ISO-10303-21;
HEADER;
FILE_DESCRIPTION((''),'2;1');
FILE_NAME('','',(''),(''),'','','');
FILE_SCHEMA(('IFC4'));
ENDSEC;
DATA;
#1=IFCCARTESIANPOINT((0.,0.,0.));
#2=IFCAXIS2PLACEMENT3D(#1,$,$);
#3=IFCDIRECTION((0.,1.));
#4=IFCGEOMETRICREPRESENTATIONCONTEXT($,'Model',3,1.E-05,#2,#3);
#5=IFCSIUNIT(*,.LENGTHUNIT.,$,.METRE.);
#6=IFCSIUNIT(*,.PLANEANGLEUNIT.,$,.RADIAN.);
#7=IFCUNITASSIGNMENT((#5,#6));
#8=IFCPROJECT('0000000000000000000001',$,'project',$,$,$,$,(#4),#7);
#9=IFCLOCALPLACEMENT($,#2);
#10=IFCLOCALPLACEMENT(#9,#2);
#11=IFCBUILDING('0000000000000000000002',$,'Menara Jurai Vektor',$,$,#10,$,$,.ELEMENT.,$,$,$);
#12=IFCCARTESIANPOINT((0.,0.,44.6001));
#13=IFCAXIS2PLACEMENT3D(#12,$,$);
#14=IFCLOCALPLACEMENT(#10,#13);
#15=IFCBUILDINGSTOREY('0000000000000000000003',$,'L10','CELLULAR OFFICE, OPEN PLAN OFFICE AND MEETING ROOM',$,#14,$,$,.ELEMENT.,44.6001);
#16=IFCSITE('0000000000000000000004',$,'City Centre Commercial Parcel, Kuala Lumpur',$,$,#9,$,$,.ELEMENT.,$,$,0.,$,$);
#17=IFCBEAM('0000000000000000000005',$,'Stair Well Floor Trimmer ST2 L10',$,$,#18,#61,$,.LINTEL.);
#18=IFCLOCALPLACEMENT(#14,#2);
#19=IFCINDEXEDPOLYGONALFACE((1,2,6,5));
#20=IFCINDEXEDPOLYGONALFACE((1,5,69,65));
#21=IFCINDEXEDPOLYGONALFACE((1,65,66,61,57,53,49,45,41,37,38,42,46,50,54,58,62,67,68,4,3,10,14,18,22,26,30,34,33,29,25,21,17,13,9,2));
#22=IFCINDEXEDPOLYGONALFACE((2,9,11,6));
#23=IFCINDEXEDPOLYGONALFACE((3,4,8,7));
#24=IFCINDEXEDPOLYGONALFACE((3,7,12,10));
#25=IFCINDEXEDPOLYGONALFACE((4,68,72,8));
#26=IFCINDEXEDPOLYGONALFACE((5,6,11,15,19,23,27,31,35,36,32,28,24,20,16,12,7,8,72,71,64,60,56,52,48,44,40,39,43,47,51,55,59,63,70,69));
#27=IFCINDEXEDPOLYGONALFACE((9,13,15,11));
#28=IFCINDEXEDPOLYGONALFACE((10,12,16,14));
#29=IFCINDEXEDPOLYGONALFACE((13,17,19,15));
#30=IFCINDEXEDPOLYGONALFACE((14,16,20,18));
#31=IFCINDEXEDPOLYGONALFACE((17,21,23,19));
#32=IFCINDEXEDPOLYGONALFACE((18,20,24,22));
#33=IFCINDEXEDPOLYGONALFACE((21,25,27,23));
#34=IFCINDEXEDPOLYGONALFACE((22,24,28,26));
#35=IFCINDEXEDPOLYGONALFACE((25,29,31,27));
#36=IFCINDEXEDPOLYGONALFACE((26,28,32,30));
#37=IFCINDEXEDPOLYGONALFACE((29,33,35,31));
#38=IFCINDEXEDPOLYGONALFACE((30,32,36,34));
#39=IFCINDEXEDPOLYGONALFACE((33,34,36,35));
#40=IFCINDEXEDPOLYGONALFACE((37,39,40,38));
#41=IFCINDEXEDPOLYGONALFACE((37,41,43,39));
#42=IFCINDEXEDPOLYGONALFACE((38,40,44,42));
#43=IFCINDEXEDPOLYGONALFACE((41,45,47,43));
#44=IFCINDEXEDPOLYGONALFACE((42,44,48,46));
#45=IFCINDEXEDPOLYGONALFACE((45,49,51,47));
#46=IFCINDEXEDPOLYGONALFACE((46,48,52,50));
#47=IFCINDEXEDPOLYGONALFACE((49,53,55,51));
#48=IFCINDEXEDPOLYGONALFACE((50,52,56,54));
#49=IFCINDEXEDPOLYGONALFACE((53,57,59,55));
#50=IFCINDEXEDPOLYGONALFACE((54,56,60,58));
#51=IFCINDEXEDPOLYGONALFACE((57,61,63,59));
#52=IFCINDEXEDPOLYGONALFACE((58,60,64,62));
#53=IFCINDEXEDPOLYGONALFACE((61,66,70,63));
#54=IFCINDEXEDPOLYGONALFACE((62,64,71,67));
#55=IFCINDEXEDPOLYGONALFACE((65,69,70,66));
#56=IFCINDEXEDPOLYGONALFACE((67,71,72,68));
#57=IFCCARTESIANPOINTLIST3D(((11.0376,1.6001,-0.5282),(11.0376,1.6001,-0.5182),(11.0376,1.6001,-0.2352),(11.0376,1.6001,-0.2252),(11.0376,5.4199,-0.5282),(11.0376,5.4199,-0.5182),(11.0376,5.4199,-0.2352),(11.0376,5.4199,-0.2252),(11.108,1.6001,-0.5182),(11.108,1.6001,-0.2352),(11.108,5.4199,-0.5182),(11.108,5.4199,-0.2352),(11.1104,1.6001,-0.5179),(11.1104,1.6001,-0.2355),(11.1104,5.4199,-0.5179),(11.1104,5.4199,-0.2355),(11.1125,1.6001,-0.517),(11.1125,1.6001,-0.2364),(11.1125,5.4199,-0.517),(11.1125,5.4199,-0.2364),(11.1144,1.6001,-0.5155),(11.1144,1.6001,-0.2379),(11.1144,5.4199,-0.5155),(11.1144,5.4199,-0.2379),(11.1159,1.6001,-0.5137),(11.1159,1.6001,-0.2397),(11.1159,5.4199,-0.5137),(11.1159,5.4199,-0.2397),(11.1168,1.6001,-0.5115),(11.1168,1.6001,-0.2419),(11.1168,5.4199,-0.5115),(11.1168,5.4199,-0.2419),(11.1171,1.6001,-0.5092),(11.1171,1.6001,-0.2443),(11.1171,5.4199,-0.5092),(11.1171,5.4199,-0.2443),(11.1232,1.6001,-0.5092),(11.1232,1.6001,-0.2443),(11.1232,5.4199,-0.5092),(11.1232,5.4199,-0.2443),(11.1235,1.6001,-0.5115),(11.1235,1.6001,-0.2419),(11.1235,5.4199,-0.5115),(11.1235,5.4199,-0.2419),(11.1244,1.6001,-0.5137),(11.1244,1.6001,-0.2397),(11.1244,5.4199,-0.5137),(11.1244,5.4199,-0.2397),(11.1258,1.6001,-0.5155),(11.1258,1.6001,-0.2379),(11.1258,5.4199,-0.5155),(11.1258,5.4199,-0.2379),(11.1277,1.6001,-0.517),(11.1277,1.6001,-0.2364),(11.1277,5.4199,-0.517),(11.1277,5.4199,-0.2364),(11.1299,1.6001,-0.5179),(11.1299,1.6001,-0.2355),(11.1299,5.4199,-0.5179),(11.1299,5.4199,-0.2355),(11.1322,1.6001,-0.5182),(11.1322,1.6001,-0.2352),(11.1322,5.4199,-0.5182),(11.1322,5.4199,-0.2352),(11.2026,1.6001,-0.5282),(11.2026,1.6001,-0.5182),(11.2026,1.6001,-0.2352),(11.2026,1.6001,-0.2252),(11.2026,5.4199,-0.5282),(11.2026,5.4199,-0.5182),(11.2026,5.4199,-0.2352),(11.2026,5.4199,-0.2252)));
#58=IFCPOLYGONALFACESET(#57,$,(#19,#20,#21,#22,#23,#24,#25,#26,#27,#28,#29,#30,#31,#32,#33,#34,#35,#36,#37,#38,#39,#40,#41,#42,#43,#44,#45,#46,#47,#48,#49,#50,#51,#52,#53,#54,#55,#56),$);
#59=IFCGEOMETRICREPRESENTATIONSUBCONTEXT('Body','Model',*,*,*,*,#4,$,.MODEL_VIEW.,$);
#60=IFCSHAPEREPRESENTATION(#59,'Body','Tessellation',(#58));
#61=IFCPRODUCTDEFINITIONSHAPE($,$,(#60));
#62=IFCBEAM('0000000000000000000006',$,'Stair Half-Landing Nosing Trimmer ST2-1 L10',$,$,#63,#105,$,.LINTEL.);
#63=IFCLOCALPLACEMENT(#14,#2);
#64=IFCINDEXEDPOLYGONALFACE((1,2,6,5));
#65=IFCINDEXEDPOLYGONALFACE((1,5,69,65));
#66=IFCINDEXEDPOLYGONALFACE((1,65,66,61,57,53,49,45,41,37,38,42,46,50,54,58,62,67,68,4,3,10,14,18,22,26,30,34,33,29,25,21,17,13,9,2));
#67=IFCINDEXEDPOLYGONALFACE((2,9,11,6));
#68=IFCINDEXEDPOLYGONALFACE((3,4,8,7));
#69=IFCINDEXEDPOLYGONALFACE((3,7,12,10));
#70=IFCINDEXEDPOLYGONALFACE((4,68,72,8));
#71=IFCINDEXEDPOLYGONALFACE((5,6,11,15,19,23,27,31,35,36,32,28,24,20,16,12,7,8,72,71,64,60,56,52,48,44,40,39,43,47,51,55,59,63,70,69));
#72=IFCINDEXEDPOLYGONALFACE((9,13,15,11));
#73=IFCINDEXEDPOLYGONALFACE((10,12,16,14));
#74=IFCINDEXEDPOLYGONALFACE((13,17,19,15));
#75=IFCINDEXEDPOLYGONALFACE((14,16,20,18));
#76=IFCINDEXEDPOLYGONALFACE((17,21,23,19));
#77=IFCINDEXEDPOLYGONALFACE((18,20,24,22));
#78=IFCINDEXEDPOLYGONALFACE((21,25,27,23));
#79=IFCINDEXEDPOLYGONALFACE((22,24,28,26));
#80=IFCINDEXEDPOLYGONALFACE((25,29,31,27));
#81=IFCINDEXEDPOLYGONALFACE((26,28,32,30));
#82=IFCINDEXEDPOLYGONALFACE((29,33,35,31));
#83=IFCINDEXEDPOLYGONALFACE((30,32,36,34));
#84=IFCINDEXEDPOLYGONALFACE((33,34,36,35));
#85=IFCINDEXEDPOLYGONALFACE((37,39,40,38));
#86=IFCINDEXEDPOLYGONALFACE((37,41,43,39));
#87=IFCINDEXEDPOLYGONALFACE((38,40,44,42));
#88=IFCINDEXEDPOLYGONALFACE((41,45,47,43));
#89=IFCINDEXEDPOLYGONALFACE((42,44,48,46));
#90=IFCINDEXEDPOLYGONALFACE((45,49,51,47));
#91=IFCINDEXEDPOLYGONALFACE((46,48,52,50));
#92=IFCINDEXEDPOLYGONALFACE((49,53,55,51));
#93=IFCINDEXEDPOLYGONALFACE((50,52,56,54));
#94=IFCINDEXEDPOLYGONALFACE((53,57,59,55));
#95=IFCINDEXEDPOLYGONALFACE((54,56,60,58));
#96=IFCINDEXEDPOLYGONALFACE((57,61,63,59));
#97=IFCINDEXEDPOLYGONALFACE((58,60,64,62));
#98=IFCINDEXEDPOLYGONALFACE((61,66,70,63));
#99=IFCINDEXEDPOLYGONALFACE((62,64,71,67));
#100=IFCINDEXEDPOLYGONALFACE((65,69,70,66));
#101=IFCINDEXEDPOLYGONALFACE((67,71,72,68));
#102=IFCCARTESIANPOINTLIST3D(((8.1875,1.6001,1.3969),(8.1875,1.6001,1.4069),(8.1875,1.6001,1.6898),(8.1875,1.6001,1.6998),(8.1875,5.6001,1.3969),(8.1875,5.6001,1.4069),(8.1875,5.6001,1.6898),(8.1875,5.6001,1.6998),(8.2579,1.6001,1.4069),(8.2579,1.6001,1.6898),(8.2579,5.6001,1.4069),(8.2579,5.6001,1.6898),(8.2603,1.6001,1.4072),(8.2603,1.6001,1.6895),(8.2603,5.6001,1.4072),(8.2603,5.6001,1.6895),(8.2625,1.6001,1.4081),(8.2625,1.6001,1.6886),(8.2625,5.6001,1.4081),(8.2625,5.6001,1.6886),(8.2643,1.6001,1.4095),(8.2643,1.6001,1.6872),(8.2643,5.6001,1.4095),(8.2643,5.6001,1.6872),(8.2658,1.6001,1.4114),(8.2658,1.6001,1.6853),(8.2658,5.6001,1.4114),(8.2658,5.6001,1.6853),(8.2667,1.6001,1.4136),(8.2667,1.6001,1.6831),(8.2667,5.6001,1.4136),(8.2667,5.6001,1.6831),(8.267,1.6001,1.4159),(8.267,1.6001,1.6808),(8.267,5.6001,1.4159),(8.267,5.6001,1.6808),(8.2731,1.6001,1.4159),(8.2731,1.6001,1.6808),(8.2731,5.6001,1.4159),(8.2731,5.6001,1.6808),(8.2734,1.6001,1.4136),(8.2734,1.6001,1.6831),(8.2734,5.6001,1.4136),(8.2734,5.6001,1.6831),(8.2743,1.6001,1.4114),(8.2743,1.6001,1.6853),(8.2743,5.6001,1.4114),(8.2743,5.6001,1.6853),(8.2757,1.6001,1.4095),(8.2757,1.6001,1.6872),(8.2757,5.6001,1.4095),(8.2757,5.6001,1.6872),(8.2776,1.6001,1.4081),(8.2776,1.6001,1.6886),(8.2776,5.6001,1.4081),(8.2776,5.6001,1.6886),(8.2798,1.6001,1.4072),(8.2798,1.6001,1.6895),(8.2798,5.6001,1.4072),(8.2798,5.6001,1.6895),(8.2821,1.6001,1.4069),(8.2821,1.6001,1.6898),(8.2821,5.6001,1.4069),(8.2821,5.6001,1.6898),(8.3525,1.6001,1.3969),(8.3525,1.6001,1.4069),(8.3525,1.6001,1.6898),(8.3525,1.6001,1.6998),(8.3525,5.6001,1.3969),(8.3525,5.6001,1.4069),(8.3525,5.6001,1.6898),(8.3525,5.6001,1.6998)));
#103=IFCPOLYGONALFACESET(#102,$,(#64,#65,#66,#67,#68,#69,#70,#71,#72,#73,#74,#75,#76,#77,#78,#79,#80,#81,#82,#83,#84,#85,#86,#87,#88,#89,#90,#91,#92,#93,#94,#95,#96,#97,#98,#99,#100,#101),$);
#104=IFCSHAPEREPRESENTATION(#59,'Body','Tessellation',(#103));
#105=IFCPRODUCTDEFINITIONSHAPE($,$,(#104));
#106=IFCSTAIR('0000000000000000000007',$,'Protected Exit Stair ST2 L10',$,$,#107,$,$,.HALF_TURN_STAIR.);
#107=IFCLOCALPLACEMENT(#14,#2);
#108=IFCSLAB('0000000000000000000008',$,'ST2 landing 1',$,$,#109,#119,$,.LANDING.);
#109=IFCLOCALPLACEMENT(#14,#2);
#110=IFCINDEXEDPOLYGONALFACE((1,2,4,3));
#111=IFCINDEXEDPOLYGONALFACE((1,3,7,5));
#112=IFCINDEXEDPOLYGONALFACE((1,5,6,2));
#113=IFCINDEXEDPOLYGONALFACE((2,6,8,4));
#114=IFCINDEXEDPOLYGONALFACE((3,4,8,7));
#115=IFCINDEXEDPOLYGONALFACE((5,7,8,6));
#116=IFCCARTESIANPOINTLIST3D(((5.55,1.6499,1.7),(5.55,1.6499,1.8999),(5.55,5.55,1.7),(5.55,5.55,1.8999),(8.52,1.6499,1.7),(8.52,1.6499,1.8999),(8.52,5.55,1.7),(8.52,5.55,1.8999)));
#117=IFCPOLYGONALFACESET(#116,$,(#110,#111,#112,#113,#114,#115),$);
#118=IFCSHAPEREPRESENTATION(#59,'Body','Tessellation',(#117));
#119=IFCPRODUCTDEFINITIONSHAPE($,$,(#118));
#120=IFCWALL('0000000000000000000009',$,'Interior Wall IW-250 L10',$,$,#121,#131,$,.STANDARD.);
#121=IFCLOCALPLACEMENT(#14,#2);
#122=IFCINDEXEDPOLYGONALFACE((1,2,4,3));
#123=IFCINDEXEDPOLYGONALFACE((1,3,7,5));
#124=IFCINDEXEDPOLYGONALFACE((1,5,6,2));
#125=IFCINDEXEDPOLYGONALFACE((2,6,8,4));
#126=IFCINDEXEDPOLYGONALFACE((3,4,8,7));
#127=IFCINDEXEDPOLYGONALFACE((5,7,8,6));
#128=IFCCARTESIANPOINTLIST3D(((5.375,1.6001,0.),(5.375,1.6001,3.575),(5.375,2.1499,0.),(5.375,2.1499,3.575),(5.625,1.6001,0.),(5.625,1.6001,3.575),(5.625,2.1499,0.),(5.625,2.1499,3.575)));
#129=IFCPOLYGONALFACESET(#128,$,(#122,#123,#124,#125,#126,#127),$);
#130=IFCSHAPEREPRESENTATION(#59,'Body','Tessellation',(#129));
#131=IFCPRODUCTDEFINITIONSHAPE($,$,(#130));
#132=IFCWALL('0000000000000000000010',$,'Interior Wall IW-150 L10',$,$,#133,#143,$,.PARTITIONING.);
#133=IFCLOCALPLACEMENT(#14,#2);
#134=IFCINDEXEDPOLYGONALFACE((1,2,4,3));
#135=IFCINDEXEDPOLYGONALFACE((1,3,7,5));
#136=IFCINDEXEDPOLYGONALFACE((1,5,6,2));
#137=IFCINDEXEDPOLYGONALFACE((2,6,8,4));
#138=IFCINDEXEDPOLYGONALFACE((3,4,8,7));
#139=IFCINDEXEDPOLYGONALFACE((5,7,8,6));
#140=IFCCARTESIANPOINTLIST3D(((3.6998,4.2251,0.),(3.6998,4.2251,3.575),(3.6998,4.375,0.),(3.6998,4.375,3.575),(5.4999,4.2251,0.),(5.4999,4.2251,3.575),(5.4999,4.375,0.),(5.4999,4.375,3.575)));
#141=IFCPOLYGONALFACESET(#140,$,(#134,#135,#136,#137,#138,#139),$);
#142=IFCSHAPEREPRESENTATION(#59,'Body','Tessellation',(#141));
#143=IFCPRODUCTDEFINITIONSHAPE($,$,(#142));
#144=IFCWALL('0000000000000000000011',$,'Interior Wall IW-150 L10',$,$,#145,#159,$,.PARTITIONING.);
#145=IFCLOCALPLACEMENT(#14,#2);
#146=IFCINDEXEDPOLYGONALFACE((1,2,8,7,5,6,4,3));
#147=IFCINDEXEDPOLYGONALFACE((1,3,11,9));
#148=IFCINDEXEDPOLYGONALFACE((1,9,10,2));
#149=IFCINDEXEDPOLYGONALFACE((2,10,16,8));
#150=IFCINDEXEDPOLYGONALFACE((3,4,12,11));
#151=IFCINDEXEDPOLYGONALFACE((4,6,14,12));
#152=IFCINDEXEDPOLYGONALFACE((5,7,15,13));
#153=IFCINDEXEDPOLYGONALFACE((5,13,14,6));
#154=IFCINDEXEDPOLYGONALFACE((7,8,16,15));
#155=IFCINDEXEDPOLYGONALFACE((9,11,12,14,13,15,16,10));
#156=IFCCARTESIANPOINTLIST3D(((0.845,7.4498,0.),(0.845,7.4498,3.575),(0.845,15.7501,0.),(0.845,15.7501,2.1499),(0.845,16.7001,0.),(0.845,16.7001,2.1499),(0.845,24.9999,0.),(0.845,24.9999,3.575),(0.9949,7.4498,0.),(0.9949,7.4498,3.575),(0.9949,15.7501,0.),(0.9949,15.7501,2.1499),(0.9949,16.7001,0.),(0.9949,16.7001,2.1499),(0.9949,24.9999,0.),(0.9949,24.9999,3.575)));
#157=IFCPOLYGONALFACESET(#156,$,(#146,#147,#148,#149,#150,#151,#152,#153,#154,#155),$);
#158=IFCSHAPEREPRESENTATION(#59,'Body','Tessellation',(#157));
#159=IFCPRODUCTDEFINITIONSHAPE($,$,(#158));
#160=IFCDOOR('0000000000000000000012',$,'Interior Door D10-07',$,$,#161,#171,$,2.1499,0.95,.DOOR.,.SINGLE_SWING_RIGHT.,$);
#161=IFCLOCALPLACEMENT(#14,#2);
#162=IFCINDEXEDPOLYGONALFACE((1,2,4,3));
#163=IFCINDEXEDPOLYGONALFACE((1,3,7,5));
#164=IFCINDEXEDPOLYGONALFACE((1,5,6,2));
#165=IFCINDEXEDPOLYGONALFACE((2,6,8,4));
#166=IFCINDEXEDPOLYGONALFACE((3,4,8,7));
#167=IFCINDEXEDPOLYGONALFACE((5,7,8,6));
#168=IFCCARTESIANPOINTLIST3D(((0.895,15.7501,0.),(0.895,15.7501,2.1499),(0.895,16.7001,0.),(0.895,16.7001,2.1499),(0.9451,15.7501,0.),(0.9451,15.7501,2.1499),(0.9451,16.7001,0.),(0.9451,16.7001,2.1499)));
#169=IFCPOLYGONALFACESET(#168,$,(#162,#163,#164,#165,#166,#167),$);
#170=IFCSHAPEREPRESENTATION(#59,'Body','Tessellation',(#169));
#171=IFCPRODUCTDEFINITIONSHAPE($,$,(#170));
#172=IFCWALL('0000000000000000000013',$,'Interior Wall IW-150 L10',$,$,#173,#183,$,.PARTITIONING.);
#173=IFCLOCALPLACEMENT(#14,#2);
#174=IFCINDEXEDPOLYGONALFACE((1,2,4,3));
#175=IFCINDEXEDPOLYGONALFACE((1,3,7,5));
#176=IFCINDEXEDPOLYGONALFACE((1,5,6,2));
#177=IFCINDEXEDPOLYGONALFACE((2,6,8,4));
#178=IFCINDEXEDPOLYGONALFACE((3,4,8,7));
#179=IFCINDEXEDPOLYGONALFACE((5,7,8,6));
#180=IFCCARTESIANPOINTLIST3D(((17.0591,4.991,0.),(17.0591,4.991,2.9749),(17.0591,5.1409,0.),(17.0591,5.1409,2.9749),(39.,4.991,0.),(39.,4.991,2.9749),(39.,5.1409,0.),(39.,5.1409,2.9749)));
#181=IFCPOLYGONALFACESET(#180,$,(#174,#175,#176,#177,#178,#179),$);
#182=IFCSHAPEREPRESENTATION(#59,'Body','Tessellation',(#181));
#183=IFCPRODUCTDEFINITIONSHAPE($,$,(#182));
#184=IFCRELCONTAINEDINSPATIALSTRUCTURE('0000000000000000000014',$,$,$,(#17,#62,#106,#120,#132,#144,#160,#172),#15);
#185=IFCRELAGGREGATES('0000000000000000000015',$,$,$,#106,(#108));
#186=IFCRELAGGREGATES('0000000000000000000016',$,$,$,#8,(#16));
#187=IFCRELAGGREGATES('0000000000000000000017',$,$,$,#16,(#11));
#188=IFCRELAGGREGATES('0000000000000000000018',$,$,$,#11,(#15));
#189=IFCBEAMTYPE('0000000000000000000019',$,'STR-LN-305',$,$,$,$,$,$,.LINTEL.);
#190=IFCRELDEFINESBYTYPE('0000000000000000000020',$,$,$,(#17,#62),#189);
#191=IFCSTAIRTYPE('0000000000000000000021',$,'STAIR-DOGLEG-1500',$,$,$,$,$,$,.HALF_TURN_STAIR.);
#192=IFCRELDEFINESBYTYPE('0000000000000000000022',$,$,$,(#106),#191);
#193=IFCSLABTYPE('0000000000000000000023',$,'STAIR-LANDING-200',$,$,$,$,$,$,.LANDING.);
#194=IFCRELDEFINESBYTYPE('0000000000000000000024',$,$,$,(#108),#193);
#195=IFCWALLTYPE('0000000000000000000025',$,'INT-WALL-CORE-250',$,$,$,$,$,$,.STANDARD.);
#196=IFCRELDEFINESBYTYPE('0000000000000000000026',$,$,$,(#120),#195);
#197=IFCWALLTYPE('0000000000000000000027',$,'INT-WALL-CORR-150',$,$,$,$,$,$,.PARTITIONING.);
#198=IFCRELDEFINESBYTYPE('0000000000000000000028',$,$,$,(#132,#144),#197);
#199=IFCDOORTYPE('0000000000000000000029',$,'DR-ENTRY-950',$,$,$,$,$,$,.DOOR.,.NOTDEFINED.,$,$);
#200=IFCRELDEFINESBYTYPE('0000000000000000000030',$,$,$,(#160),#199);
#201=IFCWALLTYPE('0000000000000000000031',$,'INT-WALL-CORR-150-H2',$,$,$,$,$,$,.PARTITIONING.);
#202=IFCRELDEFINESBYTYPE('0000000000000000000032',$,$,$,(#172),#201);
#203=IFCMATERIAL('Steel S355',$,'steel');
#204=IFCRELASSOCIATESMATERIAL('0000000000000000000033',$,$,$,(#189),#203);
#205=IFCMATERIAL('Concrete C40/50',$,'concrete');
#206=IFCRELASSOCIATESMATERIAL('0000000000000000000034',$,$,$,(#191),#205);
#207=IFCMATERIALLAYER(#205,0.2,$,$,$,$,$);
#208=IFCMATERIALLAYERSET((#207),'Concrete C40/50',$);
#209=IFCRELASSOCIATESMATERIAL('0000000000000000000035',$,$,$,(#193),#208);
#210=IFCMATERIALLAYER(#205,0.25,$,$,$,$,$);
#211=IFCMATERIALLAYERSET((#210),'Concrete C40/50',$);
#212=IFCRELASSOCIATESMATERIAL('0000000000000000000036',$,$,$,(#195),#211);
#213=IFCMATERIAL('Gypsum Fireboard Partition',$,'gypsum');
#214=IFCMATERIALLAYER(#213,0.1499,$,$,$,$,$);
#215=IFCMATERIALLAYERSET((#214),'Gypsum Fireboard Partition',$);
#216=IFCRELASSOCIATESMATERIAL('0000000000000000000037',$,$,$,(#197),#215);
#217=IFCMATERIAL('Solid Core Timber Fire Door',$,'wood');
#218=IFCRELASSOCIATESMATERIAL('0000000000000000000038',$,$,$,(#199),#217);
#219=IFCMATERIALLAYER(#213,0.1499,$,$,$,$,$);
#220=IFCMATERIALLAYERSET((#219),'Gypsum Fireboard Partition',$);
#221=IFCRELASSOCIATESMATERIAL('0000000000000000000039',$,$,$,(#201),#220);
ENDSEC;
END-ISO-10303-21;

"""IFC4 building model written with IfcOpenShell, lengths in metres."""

from ifc_helpers import new_model, si_unit, direction, frame, frame_2d, origin, origin_2d, place, context, subcontext, project, spatial, polyline, rectangle, i_section, outline, extrude, material, layer, layer_set, material_profile, profile_set, type_object, element, fill, aggregate, save


model = new_model("IFC4")

# Units and contexts
model_context = context("Model", 3, precision=1e-05, world=origin(), true_north=direction((0.0, 1.0)))
body_context = subcontext(model_context, "Body", "Model", "MODEL_VIEW")
ifc_project = project(units=[si_unit("LENGTHUNIT", "METRE"), si_unit("PLANEANGLEUNIT", "RADIAN")], contexts=[model_context])

# Site, building, storey
site_placement = place(None, origin())
site = spatial("IfcSite", under=ifc_project, at=site_placement, Name="City Centre Commercial Parcel, Kuala Lumpur", CompositionType="ELEMENT", RefElevation=0.0)
building_placement = place(site_placement, origin())
building = spatial("IfcBuilding", under=site, at=building_placement, Name="Menara Jurai Vektor", CompositionType="ELEMENT")
storey_placement = place(building_placement, frame((0.0, 0.0, 44.6001)))
storey = spatial("IfcBuildingStorey", under=building, at=storey_placement, Name="L10", Description="CELLULAR OFFICE, OPEN PLAN OFFICE AND MEETING ROOM", CompositionType="ELEMENT", Elevation=44.6001)

# Shared definitions
ifc_material_1 = material(Name="Steel S355", Category="steel")

# Beams
ifc_material_profile_1 = material_profile(ifc_material_1, i_section(OverallWidth=0.165, OverallDepth=0.303, WebThickness=0.0061, FlangeThickness=0.01, FilletRadius=0.009, at=origin_2d()), Name="UKB 305x165x40")
ifc_profile_set_1 = profile_set([ifc_material_profile_1], Name="Steel S355")
beam_type_1 = type_object("IfcBeamType", Name="STR-LN-305", PredefinedType="LINTEL", material=ifc_profile_set_1)
beam_1_placement = place(storey_placement, frame((11.1201, 1.6001, -0.3767), z_axis=(0.0, 1.0, 0.0), x_axis=(-1.0, 0.0, 0.0)))
element("IfcBeam", 1, at=beam_1_placement, inside=storey, type_object=beam_type_1, Name="Stair Well Floor Trimmer ST2 L10", PredefinedType="LINTEL", context=body_context, shape_type="SweptSolid", body=[
    extrude(i_section(OverallWidth=0.165, OverallDepth=0.303, WebThickness=0.0061, FlangeThickness=0.01, FilletRadius=0.009, at=origin_2d()), origin(), (0.0, 0.0, 1.0), 3.8198),
])
beam_2_placement = place(storey_placement, frame((8.27, 1.6001, 1.5483), z_axis=(0.0, 1.0, 0.0), x_axis=(-1.0, 0.0, 0.0)))
element("IfcBeam", 2, at=beam_2_placement, inside=storey, type_object=beam_type_1, Name="Stair Half-Landing Nosing Trimmer ST2-1 L10", PredefinedType="LINTEL", context=body_context, shape_type="SweptSolid", body=[
    extrude(i_section(OverallWidth=0.165, OverallDepth=0.303, WebThickness=0.0061, FlangeThickness=0.01, FilletRadius=0.009, at=origin_2d()), origin(), (0.0, 0.0, 1.0), 4.0),
])

# Stair, slab
ifc_material_2 = material(Name="Concrete C40/50", Category="concrete")
stair_type = type_object("IfcStairType", Name="STAIR-DOGLEG-1500", PredefinedType="HALF_TURN_STAIR", material=ifc_material_2)
stair_placement = place(storey_placement, origin())
stair = element("IfcStair", 3, at=stair_placement, inside=storey, type_object=stair_type, Name="Protected Exit Stair ST2 L10", PredefinedType="HALF_TURN_STAIR")
ifc_layer_1 = layer(ifc_material_2, 0.2)
ifc_layer_set_1 = layer_set([ifc_layer_1], Name="Concrete C40/50")
slab_type = type_object("IfcSlabType", Name="STAIR-LANDING-200", PredefinedType="LANDING", material=ifc_layer_set_1)
slab_placement = place(storey_placement, frame((0.0, 0.0, 1.7)))
slab = element("IfcSlab", 4, at=slab_placement, type_object=slab_type, Name="ST2 landing 1", PredefinedType="LANDING", context=body_context, shape_type="SweptSolid", body=[
    extrude(outline(polyline([(5.55, 1.6499), (8.52, 1.6499), (8.52, 5.55), (5.55, 5.55), (5.55, 1.6499)])), origin(), (0.0, 0.0, 1.0), 0.2),
])

# Shared definitions
ifc_layer_2 = layer(ifc_material_2, 0.25)
ifc_layer_set_2 = layer_set([ifc_layer_2], Name="Concrete C40/50")
wall_type_1 = type_object("IfcWallType", Name="INT-WALL-CORE-250", PredefinedType="STANDARD", material=ifc_layer_set_2)

# Walls
wall_1_placement = place(storey_placement, frame((5.5, 1.6001, 0.0), z_axis=(0.0, 0.0, 1.0), x_axis=(0.0, 1.0, 0.0)))
element("IfcWall", 5, at=wall_1_placement, inside=storey, type_object=wall_type_1, Name="Interior Wall IW-250 L10", PredefinedType="STANDARD", context=body_context, shape_type="SweptSolid", body=[
    extrude(rectangle(XDim=0.5498, YDim=0.25, at=frame_2d((0.2749, 0.0))), origin(), (0.0, 0.0, 1.0), 3.575),
])
ifc_material_3 = material(Name="Gypsum Fireboard Partition", Category="gypsum")
ifc_layer_3 = layer(ifc_material_3, 0.1499)
ifc_layer_set_3 = layer_set([ifc_layer_3], Name="Gypsum Fireboard Partition")
wall_type_2 = type_object("IfcWallType", Name="INT-WALL-CORR-150", PredefinedType="PARTITIONING", material=ifc_layer_set_3)
wall_2_placement = place(storey_placement, frame((3.7, 4.3, 0.0), z_axis=(0.0, 0.0, 1.0), x_axis=(1.0, 0.0, 0.0)))
element("IfcWall", 6, at=wall_2_placement, inside=storey, type_object=wall_type_2, Name="Interior Wall IW-150 L10", PredefinedType="PARTITIONING", context=body_context, shape_type="SweptSolid", body=[
    extrude(rectangle(XDim=1.8, YDim=0.1499, at=frame_2d((0.8999, 0.0))), origin(), (0.0, 0.0, 1.0), 3.575),
])

# Wall, opening, door
wall_3_placement = place(storey_placement, frame((0.9199, 7.45, 0.0), z_axis=(0.0, 0.0, 1.0), x_axis=(0.0, 1.0, 0.0)))
wall_3 = element("IfcWall", 7, at=wall_3_placement, inside=storey, type_object=wall_type_2, Name="Interior Wall IW-150 L10", PredefinedType="PARTITIONING", context=body_context, shape_type="SweptSolid", body=[
    extrude(rectangle(XDim=17.55, YDim=0.1499, at=frame_2d((8.7749, 0.0))), origin(), (0.0, 0.0, 1.0), 3.575),
])
opening_1_placement = place(wall_3_placement, frame((8.3, 0.0, 0.0)))
opening_1 = element("IfcOpeningElement", 8, at=opening_1_placement, cuts=wall_3, PredefinedType="OPENING", context=body_context, shape_type="SweptSolid", body=[
    extrude(rectangle(XDim=0.95, YDim=2.1499, at=frame_2d((0.4751, 1.075))), frame((0.0, 0.085, 0.0), z_axis=(0.0, -1.0, 0.0), x_axis=(1.0, 0.0, 0.0)), (0.0, 0.0, 1.0), 0.1699),
])
ifc_material_4 = material(Name="Solid Core Timber Fire Door", Category="wood")
door_type_1 = type_object("IfcDoorType", Name="DR-ENTRY-950", OperationType="NOTDEFINED", PredefinedType="DOOR", material=ifc_material_4)
door_1_placement = place(opening_1_placement, origin())
door_1 = element("IfcDoor", 9, at=door_1_placement, inside=storey, type_object=door_type_1, Name="Interior Door D10-07", OperationType="SINGLE_SWING_RIGHT", OverallHeight=2.1499, OverallWidth=0.95, PredefinedType="DOOR", context=body_context, shape_type="SweptSolid", body=[
    extrude(rectangle(XDim=0.95, YDim=2.1499, at=frame_2d((0.4751, 1.075))), frame((0.0, 0.0249, 0.0), z_axis=(0.0, -1.0, 0.0), x_axis=(1.0, 0.0, 0.0)), (0.0, 0.0, 1.0), 0.05),
])
fill(opening_1, door_1)

# Wall
ifc_layer_4 = layer(ifc_material_3, 0.1499)
ifc_layer_set_4 = layer_set([ifc_layer_4], Name="Gypsum Fireboard Partition")
wall_type_3 = type_object("IfcWallType", Name="INT-WALL-CORR-150-H2", PredefinedType="PARTITIONING", material=ifc_layer_set_4)
wall_4_placement = place(storey_placement, frame((17.0591, 5.0659, 0.0), z_axis=(0.0, 0.0, 1.0), x_axis=(1.0, 0.0, 0.0)))
element("IfcWall", 10, at=wall_4_placement, inside=storey, type_object=wall_type_3, Name="Interior Wall IW-150 L10", PredefinedType="PARTITIONING", context=body_context, shape_type="SweptSolid", body=[
    extrude(rectangle(XDim=21.9409, YDim=0.1499, at=frame_2d((10.9705, 0.0))), origin(), (0.0, 0.0, 1.0), 2.9749),
])

aggregate(stair, [slab])

save(model, "model.ifc")
